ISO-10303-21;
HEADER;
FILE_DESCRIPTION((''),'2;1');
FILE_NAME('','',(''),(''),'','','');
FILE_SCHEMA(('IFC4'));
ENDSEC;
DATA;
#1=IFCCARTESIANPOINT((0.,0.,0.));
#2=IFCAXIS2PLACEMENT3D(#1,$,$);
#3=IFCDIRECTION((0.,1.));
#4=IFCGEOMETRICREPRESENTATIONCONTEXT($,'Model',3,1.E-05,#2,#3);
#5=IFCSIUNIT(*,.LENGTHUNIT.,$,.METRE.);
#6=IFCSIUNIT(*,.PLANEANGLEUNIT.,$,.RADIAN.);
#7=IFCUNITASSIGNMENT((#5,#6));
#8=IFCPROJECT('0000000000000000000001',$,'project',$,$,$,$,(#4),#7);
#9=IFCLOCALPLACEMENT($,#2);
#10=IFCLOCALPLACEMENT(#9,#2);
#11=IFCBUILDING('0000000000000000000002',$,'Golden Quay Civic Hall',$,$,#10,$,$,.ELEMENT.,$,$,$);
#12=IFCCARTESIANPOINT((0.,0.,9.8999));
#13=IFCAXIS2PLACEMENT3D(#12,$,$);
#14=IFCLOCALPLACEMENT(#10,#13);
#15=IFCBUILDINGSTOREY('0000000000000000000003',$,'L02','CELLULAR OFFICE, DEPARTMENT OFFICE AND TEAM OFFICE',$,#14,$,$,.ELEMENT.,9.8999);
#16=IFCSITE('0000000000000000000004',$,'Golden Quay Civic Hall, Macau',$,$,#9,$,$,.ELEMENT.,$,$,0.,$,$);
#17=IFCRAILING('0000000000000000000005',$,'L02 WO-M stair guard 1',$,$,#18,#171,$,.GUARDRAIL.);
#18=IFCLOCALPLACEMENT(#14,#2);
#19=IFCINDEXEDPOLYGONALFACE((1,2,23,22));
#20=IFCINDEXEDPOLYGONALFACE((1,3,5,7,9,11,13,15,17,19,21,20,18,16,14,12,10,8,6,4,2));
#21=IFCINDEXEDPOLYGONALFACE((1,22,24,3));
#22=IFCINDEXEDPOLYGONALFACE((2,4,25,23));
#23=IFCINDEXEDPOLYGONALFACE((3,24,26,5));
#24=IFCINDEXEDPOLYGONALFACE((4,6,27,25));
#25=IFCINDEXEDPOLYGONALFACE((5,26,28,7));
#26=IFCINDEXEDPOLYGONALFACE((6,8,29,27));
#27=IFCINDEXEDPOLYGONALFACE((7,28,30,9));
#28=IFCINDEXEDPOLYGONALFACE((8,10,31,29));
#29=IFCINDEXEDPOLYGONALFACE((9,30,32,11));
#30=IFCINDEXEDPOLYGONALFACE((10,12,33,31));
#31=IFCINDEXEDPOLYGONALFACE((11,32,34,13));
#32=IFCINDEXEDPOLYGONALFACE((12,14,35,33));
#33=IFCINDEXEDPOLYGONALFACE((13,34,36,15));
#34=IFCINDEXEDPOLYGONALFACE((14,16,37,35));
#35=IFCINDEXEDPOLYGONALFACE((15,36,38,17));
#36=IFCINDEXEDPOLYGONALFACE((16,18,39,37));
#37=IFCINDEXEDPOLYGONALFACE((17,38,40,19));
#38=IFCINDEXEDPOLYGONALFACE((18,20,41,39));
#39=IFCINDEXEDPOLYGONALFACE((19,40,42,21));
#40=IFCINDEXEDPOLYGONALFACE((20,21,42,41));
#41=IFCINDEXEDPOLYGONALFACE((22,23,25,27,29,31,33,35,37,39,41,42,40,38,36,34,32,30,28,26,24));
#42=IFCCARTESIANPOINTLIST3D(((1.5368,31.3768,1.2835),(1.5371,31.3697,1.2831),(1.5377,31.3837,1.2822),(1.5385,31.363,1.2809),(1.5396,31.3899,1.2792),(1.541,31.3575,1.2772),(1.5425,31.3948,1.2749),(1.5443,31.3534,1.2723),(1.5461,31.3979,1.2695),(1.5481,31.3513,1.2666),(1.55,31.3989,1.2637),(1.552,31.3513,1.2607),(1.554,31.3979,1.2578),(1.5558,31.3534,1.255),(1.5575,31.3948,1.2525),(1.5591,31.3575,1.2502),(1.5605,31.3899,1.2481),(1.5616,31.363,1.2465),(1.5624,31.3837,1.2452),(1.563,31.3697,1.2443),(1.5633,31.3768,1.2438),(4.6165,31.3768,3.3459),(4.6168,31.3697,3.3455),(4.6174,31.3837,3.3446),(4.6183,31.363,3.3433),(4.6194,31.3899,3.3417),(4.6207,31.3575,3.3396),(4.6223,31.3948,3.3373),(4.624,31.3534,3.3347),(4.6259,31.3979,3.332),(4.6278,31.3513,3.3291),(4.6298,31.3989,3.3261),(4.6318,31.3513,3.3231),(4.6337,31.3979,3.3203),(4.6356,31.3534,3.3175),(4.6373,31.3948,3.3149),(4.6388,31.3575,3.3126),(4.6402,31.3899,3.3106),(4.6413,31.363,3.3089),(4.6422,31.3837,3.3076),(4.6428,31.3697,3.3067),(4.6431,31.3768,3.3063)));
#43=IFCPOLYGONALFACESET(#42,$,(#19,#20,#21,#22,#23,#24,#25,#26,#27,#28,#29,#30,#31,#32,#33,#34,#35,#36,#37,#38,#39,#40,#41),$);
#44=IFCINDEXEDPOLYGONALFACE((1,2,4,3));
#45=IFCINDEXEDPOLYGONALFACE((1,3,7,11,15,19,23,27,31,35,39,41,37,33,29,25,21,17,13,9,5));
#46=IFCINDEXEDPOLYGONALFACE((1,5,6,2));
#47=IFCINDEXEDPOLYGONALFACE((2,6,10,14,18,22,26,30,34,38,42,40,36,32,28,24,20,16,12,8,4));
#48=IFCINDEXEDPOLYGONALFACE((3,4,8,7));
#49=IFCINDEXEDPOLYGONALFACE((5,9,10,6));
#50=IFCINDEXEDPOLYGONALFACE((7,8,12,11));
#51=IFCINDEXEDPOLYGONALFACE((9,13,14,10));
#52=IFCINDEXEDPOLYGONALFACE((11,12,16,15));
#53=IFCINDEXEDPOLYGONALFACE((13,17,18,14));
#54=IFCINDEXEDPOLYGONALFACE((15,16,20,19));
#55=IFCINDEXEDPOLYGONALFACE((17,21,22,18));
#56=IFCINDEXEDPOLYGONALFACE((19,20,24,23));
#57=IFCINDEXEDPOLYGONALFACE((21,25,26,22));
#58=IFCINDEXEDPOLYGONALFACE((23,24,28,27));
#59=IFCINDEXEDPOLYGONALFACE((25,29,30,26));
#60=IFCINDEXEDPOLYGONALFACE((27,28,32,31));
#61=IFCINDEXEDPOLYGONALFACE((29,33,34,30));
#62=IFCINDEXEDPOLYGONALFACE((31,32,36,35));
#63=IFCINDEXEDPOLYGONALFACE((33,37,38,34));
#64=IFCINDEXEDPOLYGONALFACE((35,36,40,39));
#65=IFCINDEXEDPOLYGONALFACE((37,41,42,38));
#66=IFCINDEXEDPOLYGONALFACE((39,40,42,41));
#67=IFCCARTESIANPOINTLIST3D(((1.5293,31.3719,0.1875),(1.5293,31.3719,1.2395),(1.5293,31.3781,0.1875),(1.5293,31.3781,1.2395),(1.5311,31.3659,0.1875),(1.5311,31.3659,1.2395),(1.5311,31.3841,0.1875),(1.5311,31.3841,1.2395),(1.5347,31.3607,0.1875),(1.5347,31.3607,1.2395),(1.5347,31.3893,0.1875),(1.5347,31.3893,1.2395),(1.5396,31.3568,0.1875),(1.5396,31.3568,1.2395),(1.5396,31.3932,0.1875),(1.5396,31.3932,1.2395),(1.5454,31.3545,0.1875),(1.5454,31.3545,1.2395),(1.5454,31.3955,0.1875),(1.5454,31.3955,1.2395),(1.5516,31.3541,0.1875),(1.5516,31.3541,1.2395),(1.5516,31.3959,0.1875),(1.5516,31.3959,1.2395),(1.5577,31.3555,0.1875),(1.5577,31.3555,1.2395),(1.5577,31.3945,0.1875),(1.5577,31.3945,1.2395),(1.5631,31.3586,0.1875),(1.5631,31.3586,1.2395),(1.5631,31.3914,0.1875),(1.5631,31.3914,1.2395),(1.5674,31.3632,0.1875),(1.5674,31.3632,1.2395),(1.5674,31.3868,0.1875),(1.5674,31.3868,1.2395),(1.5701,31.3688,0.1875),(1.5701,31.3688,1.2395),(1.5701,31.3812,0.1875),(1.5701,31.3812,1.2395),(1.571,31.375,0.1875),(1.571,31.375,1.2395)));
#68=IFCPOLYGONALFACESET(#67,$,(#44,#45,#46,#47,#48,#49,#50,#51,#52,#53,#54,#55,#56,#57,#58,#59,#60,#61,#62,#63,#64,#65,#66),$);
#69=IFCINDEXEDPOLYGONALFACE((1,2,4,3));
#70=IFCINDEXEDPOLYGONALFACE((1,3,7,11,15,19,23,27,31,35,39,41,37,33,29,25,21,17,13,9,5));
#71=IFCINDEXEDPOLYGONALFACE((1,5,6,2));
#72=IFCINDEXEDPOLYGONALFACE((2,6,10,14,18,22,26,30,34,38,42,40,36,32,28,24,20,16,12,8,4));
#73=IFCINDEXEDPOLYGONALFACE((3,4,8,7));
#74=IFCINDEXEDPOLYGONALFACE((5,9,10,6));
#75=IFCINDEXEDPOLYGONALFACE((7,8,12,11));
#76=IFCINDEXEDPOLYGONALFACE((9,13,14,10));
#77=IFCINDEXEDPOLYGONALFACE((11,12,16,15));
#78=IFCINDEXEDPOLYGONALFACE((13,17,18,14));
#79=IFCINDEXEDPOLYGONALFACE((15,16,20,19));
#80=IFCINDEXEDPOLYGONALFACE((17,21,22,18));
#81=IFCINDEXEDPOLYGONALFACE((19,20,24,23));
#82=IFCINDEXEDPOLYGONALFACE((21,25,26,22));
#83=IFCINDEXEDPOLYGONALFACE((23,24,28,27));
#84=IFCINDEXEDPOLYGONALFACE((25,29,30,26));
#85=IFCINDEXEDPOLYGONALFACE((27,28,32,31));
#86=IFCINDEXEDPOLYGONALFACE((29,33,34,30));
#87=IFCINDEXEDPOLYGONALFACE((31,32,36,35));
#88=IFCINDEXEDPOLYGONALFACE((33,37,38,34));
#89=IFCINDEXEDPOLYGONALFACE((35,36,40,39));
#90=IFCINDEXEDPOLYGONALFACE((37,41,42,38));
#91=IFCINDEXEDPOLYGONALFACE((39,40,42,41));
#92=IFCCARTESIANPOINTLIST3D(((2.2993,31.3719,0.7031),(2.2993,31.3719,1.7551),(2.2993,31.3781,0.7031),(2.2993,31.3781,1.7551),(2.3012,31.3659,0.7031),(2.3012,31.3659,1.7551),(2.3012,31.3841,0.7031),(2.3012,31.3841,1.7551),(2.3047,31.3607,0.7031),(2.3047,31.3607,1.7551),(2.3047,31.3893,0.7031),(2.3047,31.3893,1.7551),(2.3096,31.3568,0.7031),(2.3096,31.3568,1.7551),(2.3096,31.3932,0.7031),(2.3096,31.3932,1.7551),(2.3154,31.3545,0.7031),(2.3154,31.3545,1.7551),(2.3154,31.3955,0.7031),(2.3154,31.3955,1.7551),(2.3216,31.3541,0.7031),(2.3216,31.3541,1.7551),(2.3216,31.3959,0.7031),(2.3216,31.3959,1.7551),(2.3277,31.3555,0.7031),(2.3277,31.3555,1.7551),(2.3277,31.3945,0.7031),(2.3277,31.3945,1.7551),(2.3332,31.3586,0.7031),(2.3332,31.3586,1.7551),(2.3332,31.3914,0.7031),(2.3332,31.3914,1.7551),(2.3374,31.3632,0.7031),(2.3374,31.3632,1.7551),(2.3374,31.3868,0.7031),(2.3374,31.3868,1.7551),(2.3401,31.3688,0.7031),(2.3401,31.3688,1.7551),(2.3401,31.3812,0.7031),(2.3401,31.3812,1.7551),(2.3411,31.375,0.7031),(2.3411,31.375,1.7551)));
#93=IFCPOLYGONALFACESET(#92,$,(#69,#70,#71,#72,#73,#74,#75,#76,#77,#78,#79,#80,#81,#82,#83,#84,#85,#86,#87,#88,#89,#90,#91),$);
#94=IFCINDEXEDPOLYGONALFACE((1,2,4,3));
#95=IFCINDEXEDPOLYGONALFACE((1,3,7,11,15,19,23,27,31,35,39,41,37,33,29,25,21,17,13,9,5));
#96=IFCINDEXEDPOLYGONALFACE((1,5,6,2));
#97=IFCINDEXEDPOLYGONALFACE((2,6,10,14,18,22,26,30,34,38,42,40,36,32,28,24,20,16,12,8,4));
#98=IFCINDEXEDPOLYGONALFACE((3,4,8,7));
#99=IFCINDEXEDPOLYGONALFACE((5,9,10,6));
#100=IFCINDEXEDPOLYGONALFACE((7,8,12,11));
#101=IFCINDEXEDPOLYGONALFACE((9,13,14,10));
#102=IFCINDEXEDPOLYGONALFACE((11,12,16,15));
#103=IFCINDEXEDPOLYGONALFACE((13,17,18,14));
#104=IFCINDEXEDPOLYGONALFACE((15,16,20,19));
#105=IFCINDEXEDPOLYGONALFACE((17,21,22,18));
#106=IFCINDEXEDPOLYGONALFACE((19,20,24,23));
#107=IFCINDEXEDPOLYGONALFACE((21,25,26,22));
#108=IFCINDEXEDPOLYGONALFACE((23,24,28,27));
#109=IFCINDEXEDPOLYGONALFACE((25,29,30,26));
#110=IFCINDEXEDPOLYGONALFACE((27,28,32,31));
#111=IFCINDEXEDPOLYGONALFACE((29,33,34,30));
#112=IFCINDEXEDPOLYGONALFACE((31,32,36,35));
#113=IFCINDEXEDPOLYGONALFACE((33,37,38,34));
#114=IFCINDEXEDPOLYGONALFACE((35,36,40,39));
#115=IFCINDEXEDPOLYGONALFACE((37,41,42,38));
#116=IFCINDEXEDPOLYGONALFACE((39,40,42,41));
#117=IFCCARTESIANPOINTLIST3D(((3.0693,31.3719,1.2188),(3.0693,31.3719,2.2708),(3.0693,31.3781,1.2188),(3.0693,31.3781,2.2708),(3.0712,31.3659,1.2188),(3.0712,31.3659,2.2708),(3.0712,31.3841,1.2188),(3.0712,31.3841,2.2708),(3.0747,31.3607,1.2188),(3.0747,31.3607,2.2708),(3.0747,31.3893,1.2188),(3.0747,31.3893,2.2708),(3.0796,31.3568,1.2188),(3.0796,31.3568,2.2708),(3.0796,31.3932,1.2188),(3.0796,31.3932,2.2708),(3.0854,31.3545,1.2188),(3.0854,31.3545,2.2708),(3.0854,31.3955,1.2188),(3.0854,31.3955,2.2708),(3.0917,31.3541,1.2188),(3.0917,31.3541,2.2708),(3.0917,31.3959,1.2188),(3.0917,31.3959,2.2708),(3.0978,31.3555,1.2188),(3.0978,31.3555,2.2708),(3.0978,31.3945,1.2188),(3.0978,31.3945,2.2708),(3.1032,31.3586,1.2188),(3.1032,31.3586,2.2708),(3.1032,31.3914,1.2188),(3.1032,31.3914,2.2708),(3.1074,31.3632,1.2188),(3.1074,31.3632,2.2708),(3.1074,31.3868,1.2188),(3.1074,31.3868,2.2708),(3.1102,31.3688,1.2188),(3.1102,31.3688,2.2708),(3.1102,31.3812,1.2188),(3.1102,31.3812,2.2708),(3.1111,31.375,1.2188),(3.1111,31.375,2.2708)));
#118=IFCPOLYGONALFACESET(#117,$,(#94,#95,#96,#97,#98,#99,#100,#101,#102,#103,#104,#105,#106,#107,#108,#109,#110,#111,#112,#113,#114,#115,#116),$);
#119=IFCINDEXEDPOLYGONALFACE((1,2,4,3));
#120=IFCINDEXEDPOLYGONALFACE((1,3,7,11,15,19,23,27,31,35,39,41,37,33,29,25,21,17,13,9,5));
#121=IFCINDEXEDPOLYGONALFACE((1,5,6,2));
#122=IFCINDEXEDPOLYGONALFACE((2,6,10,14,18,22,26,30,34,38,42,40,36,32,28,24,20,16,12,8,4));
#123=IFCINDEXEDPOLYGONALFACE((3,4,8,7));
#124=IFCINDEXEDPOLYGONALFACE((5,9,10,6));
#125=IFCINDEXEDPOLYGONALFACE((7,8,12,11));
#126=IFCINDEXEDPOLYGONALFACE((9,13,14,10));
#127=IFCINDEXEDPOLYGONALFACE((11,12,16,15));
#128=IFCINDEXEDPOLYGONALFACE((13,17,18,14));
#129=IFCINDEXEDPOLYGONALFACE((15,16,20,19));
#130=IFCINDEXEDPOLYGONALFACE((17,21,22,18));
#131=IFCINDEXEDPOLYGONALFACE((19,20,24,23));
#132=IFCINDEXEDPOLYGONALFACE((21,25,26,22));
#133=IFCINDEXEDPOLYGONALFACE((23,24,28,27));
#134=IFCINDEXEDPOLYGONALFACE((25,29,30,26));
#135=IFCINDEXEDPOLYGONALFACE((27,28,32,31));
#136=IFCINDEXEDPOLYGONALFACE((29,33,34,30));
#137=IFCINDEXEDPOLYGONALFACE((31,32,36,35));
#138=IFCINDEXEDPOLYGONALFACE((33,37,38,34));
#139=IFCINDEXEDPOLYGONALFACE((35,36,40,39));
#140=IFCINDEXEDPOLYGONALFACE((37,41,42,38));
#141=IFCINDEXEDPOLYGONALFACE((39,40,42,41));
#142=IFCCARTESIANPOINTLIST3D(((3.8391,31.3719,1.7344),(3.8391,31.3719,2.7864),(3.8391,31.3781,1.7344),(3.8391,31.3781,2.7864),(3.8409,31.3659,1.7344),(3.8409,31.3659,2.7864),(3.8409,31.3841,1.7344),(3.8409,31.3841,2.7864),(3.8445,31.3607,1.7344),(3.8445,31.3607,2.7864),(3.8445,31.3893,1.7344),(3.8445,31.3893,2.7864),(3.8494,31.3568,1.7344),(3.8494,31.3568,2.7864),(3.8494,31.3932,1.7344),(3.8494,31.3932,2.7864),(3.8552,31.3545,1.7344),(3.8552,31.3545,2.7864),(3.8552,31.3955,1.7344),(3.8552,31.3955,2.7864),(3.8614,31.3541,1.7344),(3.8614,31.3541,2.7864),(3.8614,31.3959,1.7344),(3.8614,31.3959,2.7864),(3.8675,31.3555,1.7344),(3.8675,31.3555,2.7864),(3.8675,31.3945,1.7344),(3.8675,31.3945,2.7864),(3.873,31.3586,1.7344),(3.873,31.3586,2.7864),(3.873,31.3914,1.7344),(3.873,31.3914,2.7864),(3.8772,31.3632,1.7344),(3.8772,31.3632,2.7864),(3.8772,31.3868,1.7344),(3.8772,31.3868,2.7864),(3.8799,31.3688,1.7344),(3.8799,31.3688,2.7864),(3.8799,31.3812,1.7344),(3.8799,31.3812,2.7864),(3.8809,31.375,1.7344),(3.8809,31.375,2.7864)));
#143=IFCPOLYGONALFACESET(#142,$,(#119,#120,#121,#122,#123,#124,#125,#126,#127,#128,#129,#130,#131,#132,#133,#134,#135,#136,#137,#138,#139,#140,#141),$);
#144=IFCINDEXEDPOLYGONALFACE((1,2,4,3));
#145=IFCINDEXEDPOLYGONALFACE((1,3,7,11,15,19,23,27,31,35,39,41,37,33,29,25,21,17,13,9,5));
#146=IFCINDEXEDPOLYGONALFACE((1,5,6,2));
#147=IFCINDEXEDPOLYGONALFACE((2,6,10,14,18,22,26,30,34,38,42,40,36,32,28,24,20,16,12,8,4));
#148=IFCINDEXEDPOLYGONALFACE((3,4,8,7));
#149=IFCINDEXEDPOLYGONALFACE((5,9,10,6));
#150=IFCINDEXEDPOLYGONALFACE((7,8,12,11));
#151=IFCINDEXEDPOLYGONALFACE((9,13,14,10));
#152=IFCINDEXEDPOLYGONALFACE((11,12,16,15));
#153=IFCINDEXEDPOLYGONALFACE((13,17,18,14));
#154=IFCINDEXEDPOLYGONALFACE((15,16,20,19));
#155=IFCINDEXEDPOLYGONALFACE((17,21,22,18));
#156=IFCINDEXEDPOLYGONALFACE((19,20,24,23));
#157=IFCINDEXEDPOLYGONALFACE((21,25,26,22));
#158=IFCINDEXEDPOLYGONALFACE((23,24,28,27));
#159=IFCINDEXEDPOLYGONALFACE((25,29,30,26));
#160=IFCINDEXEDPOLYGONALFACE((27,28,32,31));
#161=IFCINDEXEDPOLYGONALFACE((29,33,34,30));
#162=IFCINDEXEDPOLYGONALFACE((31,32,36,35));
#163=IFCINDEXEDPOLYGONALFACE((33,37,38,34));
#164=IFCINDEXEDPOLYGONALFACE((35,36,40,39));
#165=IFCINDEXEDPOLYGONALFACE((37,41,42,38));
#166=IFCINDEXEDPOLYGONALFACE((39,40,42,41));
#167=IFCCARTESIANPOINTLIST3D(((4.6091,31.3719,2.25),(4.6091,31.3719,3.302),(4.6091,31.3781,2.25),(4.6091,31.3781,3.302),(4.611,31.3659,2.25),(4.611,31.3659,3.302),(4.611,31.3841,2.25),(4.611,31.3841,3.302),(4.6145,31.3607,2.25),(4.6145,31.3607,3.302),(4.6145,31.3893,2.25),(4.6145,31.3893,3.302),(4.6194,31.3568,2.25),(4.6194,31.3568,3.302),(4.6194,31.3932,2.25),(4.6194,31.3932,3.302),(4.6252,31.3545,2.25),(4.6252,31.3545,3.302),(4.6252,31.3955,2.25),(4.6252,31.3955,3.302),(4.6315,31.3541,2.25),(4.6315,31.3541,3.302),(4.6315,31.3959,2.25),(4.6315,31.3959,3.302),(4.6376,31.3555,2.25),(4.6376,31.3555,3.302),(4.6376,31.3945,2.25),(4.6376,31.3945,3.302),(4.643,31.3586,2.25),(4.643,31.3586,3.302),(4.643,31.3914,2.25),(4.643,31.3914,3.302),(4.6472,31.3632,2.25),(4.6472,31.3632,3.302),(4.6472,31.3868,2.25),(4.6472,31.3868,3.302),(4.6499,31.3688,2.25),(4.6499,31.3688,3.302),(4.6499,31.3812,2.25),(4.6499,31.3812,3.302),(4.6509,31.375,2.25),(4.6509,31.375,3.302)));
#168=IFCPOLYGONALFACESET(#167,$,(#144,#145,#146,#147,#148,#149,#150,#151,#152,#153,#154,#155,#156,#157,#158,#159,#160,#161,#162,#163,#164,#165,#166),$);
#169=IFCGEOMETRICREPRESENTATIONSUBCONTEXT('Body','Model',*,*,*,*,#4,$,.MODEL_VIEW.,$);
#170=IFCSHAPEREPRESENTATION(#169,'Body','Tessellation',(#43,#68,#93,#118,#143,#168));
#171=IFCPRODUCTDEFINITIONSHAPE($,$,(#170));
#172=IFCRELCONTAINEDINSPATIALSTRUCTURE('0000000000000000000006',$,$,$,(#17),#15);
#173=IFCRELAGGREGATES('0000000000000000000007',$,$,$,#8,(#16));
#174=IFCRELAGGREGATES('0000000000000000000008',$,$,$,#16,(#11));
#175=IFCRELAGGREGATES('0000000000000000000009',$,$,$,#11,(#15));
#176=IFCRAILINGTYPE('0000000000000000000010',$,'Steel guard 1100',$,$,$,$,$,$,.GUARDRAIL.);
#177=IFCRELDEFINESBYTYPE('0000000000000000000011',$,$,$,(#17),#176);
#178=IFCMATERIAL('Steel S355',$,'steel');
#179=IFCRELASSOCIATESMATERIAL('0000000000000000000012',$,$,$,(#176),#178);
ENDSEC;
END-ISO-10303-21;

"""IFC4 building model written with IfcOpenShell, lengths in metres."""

from ifc_helpers import new_model, si_unit, direction, frame, origin, origin_2d, place, context, subcontext, project, spatial, circle, extrude, material, type_object, element, save


model = new_model("IFC4")

# Units and contexts
model_context = context("Model", 3, precision=1e-05, world=origin(), true_north=direction((0.0, 1.0)))
body_context = subcontext(model_context, "Body", "Model", "MODEL_VIEW")
ifc_project = project(units=[si_unit("LENGTHUNIT", "METRE"), si_unit("PLANEANGLEUNIT", "RADIAN")], contexts=[model_context])

# Site, building, storey
site_placement = place(None, origin())
site = spatial("IfcSite", under=ifc_project, at=site_placement, Name="Golden Quay Civic Hall, Macau", CompositionType="ELEMENT", RefElevation=0.0)
building_placement = place(site_placement, origin())
building = spatial("IfcBuilding", under=site, at=building_placement, Name="Golden Quay Civic Hall", CompositionType="ELEMENT")
storey_placement = place(building_placement, frame((0.0, 0.0, 9.8999)))
storey = spatial("IfcBuildingStorey", under=building, at=storey_placement, Name="L02", Description="CELLULAR OFFICE, DEPARTMENT OFFICE AND TEAM OFFICE", CompositionType="ELEMENT", Elevation=9.8999)

# Railing
ifc_material_1 = material(Name="Steel S355", Category="steel")
railing_type_1 = type_object("IfcRailingType", Name="Steel guard 1100", PredefinedType="GUARDRAIL", material=ifc_material_1)
railing_1_placement = place(storey_placement, frame((1.55, 31.375, 0.1875)))
element("IfcRailing", 1, at=railing_1_placement, inside=storey, type_object=railing_type_1, Name="L02 WO-M stair guard 1", PredefinedType="GUARDRAIL", context=body_context, shape_type="SweptSolid", body=[
    extrude(circle(Radius=0.0239, at=origin_2d()), frame((0.0, 0.0, 1.0762), z_axis=(0.830893, 0.0, 0.556432), x_axis=(0.0, 1.0, 0.0)), (0.0, 0.0, 1.0), 3.7065),
    extrude(circle(Radius=0.021, at=origin_2d()), origin(), (0.0, 0.0, 1.0), 1.052),
    extrude(circle(Radius=0.021, at=origin_2d()), frame((0.77, 0.0, 0.5156)), (0.0, 0.0, 1.0), 1.052),
    extrude(circle(Radius=0.021, at=origin_2d()), frame((1.54, 0.0, 1.0312)), (0.0, 0.0, 1.0), 1.052),
    extrude(circle(Radius=0.021, at=origin_2d()), frame((2.3098, 0.0, 1.5469)), (0.0, 0.0, 1.0), 1.052),
    extrude(circle(Radius=0.021, at=origin_2d()), frame((3.0798, 0.0, 2.0625)), (0.0, 0.0, 1.0), 1.052),
])

save(model, "model.ifc")
